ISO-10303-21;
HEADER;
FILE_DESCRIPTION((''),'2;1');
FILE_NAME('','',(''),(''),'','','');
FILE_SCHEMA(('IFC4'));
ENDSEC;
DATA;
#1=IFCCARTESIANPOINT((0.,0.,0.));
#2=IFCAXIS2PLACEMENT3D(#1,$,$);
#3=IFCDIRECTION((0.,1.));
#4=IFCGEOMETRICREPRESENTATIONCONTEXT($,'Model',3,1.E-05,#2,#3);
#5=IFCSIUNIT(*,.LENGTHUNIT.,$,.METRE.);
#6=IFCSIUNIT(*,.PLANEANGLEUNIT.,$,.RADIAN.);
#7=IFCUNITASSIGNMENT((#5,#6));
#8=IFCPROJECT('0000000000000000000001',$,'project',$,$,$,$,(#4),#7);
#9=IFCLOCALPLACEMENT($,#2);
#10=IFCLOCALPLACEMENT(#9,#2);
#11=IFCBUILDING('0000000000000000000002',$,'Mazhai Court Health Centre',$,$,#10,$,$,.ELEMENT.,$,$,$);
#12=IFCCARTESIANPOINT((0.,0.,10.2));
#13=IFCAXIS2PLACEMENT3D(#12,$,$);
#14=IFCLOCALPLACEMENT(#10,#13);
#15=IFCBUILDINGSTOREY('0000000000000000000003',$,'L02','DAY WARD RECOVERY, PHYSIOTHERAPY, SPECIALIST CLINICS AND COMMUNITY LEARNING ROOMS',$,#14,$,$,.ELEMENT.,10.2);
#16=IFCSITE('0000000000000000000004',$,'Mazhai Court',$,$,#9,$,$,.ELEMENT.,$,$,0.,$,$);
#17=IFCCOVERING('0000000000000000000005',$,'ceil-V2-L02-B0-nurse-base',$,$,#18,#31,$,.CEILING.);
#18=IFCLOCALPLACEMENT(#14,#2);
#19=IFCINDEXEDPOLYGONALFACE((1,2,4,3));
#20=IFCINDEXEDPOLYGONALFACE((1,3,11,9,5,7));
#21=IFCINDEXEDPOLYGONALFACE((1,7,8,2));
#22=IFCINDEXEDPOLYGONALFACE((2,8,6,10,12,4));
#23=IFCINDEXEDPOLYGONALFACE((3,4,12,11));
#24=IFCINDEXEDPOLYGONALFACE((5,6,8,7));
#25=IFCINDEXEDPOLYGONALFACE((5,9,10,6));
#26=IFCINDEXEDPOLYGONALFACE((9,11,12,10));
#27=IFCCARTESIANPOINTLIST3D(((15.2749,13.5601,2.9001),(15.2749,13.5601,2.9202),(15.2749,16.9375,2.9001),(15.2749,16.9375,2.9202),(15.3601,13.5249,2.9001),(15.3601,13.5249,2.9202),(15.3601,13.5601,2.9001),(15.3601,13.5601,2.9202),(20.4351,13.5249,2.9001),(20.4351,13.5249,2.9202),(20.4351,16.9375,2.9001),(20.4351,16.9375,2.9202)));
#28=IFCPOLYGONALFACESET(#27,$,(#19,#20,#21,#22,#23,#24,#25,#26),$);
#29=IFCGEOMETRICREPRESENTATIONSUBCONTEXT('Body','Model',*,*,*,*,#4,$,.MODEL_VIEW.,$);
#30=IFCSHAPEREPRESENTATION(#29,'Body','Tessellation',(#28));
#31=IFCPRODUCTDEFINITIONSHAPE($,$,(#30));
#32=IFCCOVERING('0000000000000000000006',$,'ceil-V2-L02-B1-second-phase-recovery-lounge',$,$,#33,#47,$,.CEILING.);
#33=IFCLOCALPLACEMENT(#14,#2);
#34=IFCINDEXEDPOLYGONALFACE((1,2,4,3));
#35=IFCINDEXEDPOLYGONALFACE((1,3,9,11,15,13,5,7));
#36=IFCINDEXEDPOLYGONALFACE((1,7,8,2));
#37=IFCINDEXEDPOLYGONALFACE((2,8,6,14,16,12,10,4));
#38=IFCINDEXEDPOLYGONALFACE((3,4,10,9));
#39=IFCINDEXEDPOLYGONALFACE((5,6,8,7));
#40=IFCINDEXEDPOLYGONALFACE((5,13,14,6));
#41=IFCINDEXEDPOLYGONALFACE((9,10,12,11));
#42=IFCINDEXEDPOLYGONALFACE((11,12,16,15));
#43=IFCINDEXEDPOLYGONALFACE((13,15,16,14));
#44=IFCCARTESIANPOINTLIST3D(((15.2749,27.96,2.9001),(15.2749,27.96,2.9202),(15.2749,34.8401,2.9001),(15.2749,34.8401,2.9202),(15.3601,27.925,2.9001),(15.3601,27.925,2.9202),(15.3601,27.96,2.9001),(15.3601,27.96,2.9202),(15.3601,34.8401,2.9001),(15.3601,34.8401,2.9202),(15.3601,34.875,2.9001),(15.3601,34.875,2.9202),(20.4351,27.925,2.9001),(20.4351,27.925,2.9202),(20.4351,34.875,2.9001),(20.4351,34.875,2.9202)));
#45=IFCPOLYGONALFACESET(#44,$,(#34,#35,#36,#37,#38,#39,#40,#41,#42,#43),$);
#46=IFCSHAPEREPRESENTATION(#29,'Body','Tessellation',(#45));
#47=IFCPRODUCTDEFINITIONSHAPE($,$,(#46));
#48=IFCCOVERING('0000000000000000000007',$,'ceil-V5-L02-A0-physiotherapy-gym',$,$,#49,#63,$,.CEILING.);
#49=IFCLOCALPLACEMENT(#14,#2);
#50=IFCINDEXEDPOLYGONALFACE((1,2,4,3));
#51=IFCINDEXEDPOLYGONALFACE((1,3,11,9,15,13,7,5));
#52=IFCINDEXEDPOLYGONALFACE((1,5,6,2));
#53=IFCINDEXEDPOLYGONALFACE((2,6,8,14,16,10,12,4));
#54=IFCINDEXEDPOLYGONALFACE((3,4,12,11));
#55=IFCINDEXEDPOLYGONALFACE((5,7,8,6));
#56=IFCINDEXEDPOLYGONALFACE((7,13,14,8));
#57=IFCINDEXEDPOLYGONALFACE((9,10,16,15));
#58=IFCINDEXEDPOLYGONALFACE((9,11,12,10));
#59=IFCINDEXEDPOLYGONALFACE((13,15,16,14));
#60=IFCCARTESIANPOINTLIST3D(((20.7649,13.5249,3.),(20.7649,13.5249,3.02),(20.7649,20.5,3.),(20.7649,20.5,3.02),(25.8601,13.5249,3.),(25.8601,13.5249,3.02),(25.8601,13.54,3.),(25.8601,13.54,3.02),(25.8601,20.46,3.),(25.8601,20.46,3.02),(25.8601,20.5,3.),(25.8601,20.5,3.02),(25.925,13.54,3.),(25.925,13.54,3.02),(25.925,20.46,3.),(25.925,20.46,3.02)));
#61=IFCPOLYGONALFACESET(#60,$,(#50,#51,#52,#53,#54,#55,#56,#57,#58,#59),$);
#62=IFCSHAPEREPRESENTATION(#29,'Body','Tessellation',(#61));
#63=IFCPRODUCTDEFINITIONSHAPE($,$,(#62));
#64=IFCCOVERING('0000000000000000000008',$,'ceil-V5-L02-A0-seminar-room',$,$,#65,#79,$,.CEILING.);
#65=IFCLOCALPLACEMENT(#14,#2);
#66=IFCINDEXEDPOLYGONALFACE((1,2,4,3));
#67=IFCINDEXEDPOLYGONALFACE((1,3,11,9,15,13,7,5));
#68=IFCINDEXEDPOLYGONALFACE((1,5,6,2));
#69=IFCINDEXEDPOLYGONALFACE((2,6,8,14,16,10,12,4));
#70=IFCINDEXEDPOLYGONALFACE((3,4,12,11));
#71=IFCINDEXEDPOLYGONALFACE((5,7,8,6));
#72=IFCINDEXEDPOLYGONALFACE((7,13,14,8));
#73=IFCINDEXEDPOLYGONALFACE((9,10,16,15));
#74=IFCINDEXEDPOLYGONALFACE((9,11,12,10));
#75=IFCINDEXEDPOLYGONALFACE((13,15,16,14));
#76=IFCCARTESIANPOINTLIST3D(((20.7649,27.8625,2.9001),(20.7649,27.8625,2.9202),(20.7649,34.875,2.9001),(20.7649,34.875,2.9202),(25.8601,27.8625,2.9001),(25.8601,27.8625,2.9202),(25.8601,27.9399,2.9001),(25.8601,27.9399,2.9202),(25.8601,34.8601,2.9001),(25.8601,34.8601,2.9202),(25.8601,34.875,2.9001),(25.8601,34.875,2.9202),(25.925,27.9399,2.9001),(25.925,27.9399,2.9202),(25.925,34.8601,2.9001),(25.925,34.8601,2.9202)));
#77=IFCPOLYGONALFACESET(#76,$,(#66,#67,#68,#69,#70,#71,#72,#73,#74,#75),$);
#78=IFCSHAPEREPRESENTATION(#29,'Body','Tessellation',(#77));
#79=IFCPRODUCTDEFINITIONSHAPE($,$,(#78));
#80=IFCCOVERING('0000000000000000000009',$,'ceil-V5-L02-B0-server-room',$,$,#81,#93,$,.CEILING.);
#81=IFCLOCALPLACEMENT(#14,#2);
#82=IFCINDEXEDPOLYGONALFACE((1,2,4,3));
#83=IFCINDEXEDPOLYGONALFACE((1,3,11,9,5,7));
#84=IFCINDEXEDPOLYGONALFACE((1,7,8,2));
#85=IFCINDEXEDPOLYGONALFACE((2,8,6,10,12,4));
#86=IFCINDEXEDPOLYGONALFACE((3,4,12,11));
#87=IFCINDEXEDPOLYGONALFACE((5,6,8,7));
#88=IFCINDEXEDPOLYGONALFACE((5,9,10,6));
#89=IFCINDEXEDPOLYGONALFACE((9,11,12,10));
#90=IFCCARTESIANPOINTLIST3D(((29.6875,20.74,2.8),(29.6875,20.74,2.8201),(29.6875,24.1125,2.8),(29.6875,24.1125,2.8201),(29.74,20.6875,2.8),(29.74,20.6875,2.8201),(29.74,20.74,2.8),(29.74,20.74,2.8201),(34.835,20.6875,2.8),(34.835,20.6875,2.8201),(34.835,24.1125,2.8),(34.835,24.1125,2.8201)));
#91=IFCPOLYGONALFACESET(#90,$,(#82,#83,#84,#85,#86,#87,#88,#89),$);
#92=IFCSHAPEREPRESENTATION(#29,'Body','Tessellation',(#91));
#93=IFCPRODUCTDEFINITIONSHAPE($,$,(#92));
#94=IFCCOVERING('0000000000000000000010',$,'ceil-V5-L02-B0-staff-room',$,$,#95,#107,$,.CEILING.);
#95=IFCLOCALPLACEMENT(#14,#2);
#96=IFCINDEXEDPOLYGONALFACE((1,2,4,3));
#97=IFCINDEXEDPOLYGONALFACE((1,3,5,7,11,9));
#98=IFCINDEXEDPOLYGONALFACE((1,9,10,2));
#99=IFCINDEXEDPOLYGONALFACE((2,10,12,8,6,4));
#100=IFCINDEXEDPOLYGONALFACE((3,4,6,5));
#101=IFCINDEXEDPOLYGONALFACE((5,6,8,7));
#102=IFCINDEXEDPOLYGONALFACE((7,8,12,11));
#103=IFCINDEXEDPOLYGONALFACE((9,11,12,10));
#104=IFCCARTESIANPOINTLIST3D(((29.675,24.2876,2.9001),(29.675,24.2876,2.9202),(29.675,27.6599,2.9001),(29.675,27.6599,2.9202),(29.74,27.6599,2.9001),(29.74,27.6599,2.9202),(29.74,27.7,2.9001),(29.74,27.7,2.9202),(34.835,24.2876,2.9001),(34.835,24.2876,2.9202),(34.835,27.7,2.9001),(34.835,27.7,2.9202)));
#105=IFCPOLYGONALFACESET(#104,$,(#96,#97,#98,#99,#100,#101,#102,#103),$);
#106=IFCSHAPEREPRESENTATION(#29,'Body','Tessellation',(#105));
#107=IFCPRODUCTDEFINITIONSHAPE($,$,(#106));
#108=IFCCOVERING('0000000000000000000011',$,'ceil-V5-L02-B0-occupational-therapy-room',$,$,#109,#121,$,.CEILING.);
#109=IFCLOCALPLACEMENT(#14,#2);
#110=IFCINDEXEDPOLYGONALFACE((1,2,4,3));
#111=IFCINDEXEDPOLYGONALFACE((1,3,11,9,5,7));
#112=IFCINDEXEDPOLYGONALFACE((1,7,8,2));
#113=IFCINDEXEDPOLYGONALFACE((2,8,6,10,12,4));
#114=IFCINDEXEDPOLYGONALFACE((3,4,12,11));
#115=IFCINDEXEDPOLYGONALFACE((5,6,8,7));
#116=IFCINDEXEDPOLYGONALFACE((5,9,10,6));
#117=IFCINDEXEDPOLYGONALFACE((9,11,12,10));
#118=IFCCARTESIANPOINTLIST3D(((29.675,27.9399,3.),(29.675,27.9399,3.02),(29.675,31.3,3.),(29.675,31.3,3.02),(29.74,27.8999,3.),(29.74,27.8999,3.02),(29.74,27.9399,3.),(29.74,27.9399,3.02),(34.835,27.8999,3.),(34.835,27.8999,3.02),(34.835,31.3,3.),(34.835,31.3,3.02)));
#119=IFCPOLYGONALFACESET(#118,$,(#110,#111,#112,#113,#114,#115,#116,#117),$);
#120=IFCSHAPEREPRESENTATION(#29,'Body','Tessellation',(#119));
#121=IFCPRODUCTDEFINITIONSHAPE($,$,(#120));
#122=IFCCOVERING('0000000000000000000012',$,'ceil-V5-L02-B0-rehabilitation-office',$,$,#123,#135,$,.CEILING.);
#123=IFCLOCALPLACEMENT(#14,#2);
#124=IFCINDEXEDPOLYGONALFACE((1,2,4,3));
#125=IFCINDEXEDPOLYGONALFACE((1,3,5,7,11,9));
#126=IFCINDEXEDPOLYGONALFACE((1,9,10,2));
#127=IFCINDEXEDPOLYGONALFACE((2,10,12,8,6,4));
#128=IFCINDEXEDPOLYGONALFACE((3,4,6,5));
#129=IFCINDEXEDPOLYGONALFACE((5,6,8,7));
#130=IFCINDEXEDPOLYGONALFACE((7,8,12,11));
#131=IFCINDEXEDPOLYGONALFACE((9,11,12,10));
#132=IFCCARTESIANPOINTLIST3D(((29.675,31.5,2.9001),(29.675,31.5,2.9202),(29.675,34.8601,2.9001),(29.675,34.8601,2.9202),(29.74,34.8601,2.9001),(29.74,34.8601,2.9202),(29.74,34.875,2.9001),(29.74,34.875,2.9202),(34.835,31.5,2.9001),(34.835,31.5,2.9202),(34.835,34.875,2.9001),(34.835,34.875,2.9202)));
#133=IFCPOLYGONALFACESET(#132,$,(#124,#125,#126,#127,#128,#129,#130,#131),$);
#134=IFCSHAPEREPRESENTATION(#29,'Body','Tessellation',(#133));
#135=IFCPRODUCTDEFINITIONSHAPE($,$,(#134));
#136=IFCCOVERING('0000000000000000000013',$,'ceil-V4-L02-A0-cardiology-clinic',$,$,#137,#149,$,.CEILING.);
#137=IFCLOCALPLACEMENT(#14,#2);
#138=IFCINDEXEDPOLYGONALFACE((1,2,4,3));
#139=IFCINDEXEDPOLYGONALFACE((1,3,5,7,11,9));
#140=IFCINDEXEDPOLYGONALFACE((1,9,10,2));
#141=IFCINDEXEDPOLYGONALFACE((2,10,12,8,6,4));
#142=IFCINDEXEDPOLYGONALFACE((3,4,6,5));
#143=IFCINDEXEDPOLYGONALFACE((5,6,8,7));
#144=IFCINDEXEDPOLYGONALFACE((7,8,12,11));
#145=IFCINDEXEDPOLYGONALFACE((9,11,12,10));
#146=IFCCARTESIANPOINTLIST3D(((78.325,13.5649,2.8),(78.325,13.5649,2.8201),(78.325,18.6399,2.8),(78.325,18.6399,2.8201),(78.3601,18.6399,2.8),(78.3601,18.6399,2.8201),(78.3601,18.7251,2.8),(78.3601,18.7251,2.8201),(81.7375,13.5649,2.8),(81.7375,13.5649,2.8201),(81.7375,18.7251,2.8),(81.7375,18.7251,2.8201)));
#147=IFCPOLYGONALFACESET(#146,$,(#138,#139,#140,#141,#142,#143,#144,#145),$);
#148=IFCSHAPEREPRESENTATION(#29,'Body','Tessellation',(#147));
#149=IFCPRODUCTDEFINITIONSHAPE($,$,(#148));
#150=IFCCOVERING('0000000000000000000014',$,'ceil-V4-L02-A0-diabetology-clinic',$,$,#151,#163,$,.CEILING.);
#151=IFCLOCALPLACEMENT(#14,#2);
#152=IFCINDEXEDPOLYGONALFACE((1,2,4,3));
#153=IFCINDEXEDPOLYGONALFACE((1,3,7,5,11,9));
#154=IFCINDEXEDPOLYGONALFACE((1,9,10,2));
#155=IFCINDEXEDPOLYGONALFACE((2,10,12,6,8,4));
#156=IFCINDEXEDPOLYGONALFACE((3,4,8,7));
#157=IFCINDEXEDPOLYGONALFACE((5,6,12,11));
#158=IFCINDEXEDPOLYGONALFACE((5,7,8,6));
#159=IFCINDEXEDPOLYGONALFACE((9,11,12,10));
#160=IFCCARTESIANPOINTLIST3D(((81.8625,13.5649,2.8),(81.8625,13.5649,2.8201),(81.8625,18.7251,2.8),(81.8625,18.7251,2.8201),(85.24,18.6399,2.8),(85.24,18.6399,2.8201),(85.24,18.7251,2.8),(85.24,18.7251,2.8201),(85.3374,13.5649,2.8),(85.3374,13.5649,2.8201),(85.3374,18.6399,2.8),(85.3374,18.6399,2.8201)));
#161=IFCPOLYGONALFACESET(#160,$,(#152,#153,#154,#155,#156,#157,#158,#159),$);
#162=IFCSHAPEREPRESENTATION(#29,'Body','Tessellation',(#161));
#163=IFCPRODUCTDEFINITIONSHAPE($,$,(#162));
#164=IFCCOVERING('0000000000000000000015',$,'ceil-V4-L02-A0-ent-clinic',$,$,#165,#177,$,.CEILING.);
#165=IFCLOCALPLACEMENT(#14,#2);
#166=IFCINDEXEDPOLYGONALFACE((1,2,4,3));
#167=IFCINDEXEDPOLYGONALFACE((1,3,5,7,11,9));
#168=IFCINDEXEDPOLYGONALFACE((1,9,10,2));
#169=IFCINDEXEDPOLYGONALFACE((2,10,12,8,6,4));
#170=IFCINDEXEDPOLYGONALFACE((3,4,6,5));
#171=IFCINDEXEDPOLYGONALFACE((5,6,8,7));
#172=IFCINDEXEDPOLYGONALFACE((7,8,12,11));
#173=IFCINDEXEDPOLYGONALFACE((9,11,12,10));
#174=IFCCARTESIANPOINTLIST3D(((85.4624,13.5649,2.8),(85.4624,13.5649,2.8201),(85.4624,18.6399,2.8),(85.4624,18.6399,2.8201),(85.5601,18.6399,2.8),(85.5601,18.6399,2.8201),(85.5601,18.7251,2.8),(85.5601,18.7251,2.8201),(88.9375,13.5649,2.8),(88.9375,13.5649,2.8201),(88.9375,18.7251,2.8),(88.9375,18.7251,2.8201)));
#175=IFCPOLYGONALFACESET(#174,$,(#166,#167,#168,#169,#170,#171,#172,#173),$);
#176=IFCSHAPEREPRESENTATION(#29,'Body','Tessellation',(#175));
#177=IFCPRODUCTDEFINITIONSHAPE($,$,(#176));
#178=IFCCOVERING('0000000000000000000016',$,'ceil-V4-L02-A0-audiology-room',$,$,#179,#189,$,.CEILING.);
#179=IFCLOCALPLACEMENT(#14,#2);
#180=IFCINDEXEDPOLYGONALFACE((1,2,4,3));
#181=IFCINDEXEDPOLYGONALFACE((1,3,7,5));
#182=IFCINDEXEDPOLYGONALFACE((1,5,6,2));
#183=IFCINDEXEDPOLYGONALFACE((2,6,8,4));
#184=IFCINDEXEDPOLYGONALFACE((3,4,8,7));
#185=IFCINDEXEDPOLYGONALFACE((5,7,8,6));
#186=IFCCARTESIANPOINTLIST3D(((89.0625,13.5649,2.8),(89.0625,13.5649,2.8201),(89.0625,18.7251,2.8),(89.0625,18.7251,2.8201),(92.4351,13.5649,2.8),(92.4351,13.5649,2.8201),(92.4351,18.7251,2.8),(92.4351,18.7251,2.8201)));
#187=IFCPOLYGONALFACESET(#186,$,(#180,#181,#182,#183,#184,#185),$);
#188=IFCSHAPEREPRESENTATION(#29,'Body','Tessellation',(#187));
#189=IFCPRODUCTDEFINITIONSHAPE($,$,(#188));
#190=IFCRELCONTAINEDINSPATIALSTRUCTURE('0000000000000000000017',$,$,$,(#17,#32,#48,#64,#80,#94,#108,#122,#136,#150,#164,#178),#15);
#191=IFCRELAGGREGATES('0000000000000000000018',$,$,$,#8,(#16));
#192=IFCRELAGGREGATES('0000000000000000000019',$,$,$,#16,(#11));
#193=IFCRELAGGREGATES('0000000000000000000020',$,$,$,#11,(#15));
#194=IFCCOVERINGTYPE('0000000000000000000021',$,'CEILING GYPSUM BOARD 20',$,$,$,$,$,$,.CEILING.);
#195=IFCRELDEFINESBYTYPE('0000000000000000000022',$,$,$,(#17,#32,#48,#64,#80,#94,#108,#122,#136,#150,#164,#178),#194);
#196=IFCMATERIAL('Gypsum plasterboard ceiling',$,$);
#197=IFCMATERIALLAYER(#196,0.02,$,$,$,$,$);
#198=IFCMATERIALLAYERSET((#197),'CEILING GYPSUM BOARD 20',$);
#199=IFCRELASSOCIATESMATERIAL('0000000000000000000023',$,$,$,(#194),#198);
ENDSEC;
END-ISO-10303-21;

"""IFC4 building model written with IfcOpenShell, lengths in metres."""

from ifc_helpers import new_model, si_unit, direction, frame, origin, place, context, subcontext, project, spatial, polyline, outline, extrude, material, layer, layer_set, type_object, element, save


model = new_model("IFC4")

# Units and contexts
model_context = context("Model", 3, precision=1e-05, world=origin(), true_north=direction((0.0, 1.0)))
body_context = subcontext(model_context, "Body", "Model", "MODEL_VIEW")
ifc_project = project(units=[si_unit("LENGTHUNIT", "METRE"), si_unit("PLANEANGLEUNIT", "RADIAN")], contexts=[model_context])

# Site, building, storey
site_placement = place(None, origin())
site = spatial("IfcSite", under=ifc_project, at=site_placement, Name="Mazhai Court", CompositionType="ELEMENT", RefElevation=0.0)
building_placement = place(site_placement, origin())
building = spatial("IfcBuilding", under=site, at=building_placement, Name="Mazhai Court Health Centre", CompositionType="ELEMENT")
storey_placement = place(building_placement, frame((0.0, 0.0, 10.2)))
storey = spatial("IfcBuildingStorey", under=building, at=storey_placement, Name="L02", Description="DAY WARD RECOVERY, PHYSIOTHERAPY, SPECIALIST CLINICS AND COMMUNITY LEARNING ROOMS", CompositionType="ELEMENT", Elevation=10.2)

# Coverings
ifc_material_1 = material(Name="Gypsum plasterboard ceiling")
ifc_layer_1 = layer(ifc_material_1, 0.02)
ifc_layer_set_1 = layer_set([ifc_layer_1], Name="CEILING GYPSUM BOARD 20")
covering_type_1 = type_object("IfcCoveringType", Name="CEILING GYPSUM BOARD 20", PredefinedType="CEILING", material=ifc_layer_set_1)
covering_1_placement = place(storey_placement, frame((0.0, 0.0, 2.9001)))
element("IfcCovering", 1, at=covering_1_placement, inside=storey, type_object=covering_type_1, Name="ceil-V2-L02-B0-nurse-base", PredefinedType="CEILING", context=body_context, shape_type="SweptSolid", body=[
    extrude(outline(polyline([(15.2749, 13.5601), (15.3601, 13.5601), (15.3601, 13.5249), (20.4351, 13.5249), (20.4351, 16.9375), (15.2749, 16.9375), (15.2749, 13.5601)])), origin(), (0.0, 0.0, 1.0), 0.02),
])
covering_2_placement = place(storey_placement, frame((0.0, 0.0, 2.9001)))
element("IfcCovering", 2, at=covering_2_placement, inside=storey, type_object=covering_type_1, Name="ceil-V2-L02-B1-second-phase-recovery-lounge", PredefinedType="CEILING", context=body_context, shape_type="SweptSolid", body=[
    extrude(outline(polyline([(15.3601, 34.875), (15.3601, 34.8401), (15.2749, 34.8401), (15.2749, 27.96), (15.3601, 27.96), (15.3601, 27.925), (20.4351, 27.925), (20.4351, 34.875), (15.3601, 34.875)])), origin(), (0.0, 0.0, 1.0), 0.02),
])
covering_3_placement = place(storey_placement, frame((0.0, 0.0, 3.0)))
element("IfcCovering", 3, at=covering_3_placement, inside=storey, type_object=covering_type_1, Name="ceil-V5-L02-A0-physiotherapy-gym", PredefinedType="CEILING", context=body_context, shape_type="SweptSolid", body=[
    extrude(outline(polyline([(25.925, 20.46), (25.8601, 20.46), (25.8601, 20.5), (20.7649, 20.5), (20.7649, 13.5249), (25.8601, 13.5249), (25.8601, 13.54), (25.925, 13.54), (25.925, 20.46)])), origin(), (0.0, 0.0, 1.0), 0.02),
])
covering_4_placement = place(storey_placement, frame((0.0, 0.0, 2.9001)))
element("IfcCovering", 4, at=covering_4_placement, inside=storey, type_object=covering_type_1, Name="ceil-V5-L02-A0-seminar-room", PredefinedType="CEILING", context=body_context, shape_type="SweptSolid", body=[
    extrude(outline(polyline([(25.925, 34.8601), (25.8601, 34.8601), (25.8601, 34.875), (20.7649, 34.875), (20.7649, 27.8625), (25.8601, 27.8625), (25.8601, 27.9399), (25.925, 27.9399), (25.925, 34.8601)])), origin(), (0.0, 0.0, 1.0), 0.02),
])
covering_5_placement = place(storey_placement, frame((0.0, 0.0, 2.8)))
element("IfcCovering", 5, at=covering_5_placement, inside=storey, type_object=covering_type_1, Name="ceil-V5-L02-B0-server-room", PredefinedType="CEILING", context=body_context, shape_type="SweptSolid", body=[
    extrude(outline(polyline([(29.6875, 20.74), (29.74, 20.74), (29.74, 20.6875), (34.835, 20.6875), (34.835, 24.1125), (29.6875, 24.1125), (29.6875, 20.74)])), origin(), (0.0, 0.0, 1.0), 0.02),
])
covering_6_placement = place(storey_placement, frame((0.0, 0.0, 2.9001)))
element("IfcCovering", 6, at=covering_6_placement, inside=storey, type_object=covering_type_1, Name="ceil-V5-L02-B0-staff-room", PredefinedType="CEILING", context=body_context, shape_type="SweptSolid", body=[
    extrude(outline(polyline([(29.74, 27.7), (29.74, 27.6599), (29.675, 27.6599), (29.675, 24.2876), (34.835, 24.2876), (34.835, 27.7), (29.74, 27.7)])), origin(), (0.0, 0.0, 1.0), 0.02),
])
covering_7_placement = place(storey_placement, frame((0.0, 0.0, 3.0)))
element("IfcCovering", 7, at=covering_7_placement, inside=storey, type_object=covering_type_1, Name="ceil-V5-L02-B0-occupational-therapy-room", PredefinedType="CEILING", context=body_context, shape_type="SweptSolid", body=[
    extrude(outline(polyline([(29.675, 27.9399), (29.74, 27.9399), (29.74, 27.8999), (34.835, 27.8999), (34.835, 31.3), (29.675, 31.3), (29.675, 27.9399)])), origin(), (0.0, 0.0, 1.0), 0.02),
])
covering_8_placement = place(storey_placement, frame((0.0, 0.0, 2.9001)))
element("IfcCovering", 8, at=covering_8_placement, inside=storey, type_object=covering_type_1, Name="ceil-V5-L02-B0-rehabilitation-office", PredefinedType="CEILING", context=body_context, shape_type="SweptSolid", body=[
    extrude(outline(polyline([(29.74, 34.875), (29.74, 34.8601), (29.675, 34.8601), (29.675, 31.5), (34.835, 31.5), (34.835, 34.875), (29.74, 34.875)])), origin(), (0.0, 0.0, 1.0), 0.02),
])
covering_9_placement = place(storey_placement, frame((0.0, 0.0, 2.8)))
element("IfcCovering", 9, at=covering_9_placement, inside=storey, type_object=covering_type_1, Name="ceil-V4-L02-A0-cardiology-clinic", PredefinedType="CEILING", context=body_context, shape_type="SweptSolid", body=[
    extrude(outline(polyline([(78.3601, 18.7251), (78.3601, 18.6399), (78.325, 18.6399), (78.325, 13.5649), (81.7375, 13.5649), (81.7375, 18.7251), (78.3601, 18.7251)])), origin(), (0.0, 0.0, 1.0), 0.02),
])
covering_10_placement = place(storey_placement, frame((0.0, 0.0, 2.8)))
element("IfcCovering", 10, at=covering_10_placement, inside=storey, type_object=covering_type_1, Name="ceil-V4-L02-A0-diabetology-clinic", PredefinedType="CEILING", context=body_context, shape_type="SweptSolid", body=[
    extrude(outline(polyline([(85.3374, 18.6399), (85.24, 18.6399), (85.24, 18.7251), (81.8625, 18.7251), (81.8625, 13.5649), (85.3374, 13.5649), (85.3374, 18.6399)])), origin(), (0.0, 0.0, 1.0), 0.02),
])
covering_11_placement = place(storey_placement, frame((0.0, 0.0, 2.8)))
element("IfcCovering", 11, at=covering_11_placement, inside=storey, type_object=covering_type_1, Name="ceil-V4-L02-A0-ent-clinic", PredefinedType="CEILING", context=body_context, shape_type="SweptSolid", body=[
    extrude(outline(polyline([(85.5601, 18.7251), (85.5601, 18.6399), (85.4624, 18.6399), (85.4624, 13.5649), (88.9375, 13.5649), (88.9375, 18.7251), (85.5601, 18.7251)])), origin(), (0.0, 0.0, 1.0), 0.02),
])
covering_12_placement = place(storey_placement, frame((0.0, 0.0, 2.8)))
element("IfcCovering", 12, at=covering_12_placement, inside=storey, type_object=covering_type_1, Name="ceil-V4-L02-A0-audiology-room", PredefinedType="CEILING", context=body_context, shape_type="SweptSolid", body=[
    extrude(outline(polyline([(92.4351, 13.5649), (92.4351, 18.7251), (89.0625, 18.7251), (89.0625, 13.5649), (92.4351, 13.5649)])), origin(), (0.0, 0.0, 1.0), 0.02),
])

save(model, "model.ifc")
